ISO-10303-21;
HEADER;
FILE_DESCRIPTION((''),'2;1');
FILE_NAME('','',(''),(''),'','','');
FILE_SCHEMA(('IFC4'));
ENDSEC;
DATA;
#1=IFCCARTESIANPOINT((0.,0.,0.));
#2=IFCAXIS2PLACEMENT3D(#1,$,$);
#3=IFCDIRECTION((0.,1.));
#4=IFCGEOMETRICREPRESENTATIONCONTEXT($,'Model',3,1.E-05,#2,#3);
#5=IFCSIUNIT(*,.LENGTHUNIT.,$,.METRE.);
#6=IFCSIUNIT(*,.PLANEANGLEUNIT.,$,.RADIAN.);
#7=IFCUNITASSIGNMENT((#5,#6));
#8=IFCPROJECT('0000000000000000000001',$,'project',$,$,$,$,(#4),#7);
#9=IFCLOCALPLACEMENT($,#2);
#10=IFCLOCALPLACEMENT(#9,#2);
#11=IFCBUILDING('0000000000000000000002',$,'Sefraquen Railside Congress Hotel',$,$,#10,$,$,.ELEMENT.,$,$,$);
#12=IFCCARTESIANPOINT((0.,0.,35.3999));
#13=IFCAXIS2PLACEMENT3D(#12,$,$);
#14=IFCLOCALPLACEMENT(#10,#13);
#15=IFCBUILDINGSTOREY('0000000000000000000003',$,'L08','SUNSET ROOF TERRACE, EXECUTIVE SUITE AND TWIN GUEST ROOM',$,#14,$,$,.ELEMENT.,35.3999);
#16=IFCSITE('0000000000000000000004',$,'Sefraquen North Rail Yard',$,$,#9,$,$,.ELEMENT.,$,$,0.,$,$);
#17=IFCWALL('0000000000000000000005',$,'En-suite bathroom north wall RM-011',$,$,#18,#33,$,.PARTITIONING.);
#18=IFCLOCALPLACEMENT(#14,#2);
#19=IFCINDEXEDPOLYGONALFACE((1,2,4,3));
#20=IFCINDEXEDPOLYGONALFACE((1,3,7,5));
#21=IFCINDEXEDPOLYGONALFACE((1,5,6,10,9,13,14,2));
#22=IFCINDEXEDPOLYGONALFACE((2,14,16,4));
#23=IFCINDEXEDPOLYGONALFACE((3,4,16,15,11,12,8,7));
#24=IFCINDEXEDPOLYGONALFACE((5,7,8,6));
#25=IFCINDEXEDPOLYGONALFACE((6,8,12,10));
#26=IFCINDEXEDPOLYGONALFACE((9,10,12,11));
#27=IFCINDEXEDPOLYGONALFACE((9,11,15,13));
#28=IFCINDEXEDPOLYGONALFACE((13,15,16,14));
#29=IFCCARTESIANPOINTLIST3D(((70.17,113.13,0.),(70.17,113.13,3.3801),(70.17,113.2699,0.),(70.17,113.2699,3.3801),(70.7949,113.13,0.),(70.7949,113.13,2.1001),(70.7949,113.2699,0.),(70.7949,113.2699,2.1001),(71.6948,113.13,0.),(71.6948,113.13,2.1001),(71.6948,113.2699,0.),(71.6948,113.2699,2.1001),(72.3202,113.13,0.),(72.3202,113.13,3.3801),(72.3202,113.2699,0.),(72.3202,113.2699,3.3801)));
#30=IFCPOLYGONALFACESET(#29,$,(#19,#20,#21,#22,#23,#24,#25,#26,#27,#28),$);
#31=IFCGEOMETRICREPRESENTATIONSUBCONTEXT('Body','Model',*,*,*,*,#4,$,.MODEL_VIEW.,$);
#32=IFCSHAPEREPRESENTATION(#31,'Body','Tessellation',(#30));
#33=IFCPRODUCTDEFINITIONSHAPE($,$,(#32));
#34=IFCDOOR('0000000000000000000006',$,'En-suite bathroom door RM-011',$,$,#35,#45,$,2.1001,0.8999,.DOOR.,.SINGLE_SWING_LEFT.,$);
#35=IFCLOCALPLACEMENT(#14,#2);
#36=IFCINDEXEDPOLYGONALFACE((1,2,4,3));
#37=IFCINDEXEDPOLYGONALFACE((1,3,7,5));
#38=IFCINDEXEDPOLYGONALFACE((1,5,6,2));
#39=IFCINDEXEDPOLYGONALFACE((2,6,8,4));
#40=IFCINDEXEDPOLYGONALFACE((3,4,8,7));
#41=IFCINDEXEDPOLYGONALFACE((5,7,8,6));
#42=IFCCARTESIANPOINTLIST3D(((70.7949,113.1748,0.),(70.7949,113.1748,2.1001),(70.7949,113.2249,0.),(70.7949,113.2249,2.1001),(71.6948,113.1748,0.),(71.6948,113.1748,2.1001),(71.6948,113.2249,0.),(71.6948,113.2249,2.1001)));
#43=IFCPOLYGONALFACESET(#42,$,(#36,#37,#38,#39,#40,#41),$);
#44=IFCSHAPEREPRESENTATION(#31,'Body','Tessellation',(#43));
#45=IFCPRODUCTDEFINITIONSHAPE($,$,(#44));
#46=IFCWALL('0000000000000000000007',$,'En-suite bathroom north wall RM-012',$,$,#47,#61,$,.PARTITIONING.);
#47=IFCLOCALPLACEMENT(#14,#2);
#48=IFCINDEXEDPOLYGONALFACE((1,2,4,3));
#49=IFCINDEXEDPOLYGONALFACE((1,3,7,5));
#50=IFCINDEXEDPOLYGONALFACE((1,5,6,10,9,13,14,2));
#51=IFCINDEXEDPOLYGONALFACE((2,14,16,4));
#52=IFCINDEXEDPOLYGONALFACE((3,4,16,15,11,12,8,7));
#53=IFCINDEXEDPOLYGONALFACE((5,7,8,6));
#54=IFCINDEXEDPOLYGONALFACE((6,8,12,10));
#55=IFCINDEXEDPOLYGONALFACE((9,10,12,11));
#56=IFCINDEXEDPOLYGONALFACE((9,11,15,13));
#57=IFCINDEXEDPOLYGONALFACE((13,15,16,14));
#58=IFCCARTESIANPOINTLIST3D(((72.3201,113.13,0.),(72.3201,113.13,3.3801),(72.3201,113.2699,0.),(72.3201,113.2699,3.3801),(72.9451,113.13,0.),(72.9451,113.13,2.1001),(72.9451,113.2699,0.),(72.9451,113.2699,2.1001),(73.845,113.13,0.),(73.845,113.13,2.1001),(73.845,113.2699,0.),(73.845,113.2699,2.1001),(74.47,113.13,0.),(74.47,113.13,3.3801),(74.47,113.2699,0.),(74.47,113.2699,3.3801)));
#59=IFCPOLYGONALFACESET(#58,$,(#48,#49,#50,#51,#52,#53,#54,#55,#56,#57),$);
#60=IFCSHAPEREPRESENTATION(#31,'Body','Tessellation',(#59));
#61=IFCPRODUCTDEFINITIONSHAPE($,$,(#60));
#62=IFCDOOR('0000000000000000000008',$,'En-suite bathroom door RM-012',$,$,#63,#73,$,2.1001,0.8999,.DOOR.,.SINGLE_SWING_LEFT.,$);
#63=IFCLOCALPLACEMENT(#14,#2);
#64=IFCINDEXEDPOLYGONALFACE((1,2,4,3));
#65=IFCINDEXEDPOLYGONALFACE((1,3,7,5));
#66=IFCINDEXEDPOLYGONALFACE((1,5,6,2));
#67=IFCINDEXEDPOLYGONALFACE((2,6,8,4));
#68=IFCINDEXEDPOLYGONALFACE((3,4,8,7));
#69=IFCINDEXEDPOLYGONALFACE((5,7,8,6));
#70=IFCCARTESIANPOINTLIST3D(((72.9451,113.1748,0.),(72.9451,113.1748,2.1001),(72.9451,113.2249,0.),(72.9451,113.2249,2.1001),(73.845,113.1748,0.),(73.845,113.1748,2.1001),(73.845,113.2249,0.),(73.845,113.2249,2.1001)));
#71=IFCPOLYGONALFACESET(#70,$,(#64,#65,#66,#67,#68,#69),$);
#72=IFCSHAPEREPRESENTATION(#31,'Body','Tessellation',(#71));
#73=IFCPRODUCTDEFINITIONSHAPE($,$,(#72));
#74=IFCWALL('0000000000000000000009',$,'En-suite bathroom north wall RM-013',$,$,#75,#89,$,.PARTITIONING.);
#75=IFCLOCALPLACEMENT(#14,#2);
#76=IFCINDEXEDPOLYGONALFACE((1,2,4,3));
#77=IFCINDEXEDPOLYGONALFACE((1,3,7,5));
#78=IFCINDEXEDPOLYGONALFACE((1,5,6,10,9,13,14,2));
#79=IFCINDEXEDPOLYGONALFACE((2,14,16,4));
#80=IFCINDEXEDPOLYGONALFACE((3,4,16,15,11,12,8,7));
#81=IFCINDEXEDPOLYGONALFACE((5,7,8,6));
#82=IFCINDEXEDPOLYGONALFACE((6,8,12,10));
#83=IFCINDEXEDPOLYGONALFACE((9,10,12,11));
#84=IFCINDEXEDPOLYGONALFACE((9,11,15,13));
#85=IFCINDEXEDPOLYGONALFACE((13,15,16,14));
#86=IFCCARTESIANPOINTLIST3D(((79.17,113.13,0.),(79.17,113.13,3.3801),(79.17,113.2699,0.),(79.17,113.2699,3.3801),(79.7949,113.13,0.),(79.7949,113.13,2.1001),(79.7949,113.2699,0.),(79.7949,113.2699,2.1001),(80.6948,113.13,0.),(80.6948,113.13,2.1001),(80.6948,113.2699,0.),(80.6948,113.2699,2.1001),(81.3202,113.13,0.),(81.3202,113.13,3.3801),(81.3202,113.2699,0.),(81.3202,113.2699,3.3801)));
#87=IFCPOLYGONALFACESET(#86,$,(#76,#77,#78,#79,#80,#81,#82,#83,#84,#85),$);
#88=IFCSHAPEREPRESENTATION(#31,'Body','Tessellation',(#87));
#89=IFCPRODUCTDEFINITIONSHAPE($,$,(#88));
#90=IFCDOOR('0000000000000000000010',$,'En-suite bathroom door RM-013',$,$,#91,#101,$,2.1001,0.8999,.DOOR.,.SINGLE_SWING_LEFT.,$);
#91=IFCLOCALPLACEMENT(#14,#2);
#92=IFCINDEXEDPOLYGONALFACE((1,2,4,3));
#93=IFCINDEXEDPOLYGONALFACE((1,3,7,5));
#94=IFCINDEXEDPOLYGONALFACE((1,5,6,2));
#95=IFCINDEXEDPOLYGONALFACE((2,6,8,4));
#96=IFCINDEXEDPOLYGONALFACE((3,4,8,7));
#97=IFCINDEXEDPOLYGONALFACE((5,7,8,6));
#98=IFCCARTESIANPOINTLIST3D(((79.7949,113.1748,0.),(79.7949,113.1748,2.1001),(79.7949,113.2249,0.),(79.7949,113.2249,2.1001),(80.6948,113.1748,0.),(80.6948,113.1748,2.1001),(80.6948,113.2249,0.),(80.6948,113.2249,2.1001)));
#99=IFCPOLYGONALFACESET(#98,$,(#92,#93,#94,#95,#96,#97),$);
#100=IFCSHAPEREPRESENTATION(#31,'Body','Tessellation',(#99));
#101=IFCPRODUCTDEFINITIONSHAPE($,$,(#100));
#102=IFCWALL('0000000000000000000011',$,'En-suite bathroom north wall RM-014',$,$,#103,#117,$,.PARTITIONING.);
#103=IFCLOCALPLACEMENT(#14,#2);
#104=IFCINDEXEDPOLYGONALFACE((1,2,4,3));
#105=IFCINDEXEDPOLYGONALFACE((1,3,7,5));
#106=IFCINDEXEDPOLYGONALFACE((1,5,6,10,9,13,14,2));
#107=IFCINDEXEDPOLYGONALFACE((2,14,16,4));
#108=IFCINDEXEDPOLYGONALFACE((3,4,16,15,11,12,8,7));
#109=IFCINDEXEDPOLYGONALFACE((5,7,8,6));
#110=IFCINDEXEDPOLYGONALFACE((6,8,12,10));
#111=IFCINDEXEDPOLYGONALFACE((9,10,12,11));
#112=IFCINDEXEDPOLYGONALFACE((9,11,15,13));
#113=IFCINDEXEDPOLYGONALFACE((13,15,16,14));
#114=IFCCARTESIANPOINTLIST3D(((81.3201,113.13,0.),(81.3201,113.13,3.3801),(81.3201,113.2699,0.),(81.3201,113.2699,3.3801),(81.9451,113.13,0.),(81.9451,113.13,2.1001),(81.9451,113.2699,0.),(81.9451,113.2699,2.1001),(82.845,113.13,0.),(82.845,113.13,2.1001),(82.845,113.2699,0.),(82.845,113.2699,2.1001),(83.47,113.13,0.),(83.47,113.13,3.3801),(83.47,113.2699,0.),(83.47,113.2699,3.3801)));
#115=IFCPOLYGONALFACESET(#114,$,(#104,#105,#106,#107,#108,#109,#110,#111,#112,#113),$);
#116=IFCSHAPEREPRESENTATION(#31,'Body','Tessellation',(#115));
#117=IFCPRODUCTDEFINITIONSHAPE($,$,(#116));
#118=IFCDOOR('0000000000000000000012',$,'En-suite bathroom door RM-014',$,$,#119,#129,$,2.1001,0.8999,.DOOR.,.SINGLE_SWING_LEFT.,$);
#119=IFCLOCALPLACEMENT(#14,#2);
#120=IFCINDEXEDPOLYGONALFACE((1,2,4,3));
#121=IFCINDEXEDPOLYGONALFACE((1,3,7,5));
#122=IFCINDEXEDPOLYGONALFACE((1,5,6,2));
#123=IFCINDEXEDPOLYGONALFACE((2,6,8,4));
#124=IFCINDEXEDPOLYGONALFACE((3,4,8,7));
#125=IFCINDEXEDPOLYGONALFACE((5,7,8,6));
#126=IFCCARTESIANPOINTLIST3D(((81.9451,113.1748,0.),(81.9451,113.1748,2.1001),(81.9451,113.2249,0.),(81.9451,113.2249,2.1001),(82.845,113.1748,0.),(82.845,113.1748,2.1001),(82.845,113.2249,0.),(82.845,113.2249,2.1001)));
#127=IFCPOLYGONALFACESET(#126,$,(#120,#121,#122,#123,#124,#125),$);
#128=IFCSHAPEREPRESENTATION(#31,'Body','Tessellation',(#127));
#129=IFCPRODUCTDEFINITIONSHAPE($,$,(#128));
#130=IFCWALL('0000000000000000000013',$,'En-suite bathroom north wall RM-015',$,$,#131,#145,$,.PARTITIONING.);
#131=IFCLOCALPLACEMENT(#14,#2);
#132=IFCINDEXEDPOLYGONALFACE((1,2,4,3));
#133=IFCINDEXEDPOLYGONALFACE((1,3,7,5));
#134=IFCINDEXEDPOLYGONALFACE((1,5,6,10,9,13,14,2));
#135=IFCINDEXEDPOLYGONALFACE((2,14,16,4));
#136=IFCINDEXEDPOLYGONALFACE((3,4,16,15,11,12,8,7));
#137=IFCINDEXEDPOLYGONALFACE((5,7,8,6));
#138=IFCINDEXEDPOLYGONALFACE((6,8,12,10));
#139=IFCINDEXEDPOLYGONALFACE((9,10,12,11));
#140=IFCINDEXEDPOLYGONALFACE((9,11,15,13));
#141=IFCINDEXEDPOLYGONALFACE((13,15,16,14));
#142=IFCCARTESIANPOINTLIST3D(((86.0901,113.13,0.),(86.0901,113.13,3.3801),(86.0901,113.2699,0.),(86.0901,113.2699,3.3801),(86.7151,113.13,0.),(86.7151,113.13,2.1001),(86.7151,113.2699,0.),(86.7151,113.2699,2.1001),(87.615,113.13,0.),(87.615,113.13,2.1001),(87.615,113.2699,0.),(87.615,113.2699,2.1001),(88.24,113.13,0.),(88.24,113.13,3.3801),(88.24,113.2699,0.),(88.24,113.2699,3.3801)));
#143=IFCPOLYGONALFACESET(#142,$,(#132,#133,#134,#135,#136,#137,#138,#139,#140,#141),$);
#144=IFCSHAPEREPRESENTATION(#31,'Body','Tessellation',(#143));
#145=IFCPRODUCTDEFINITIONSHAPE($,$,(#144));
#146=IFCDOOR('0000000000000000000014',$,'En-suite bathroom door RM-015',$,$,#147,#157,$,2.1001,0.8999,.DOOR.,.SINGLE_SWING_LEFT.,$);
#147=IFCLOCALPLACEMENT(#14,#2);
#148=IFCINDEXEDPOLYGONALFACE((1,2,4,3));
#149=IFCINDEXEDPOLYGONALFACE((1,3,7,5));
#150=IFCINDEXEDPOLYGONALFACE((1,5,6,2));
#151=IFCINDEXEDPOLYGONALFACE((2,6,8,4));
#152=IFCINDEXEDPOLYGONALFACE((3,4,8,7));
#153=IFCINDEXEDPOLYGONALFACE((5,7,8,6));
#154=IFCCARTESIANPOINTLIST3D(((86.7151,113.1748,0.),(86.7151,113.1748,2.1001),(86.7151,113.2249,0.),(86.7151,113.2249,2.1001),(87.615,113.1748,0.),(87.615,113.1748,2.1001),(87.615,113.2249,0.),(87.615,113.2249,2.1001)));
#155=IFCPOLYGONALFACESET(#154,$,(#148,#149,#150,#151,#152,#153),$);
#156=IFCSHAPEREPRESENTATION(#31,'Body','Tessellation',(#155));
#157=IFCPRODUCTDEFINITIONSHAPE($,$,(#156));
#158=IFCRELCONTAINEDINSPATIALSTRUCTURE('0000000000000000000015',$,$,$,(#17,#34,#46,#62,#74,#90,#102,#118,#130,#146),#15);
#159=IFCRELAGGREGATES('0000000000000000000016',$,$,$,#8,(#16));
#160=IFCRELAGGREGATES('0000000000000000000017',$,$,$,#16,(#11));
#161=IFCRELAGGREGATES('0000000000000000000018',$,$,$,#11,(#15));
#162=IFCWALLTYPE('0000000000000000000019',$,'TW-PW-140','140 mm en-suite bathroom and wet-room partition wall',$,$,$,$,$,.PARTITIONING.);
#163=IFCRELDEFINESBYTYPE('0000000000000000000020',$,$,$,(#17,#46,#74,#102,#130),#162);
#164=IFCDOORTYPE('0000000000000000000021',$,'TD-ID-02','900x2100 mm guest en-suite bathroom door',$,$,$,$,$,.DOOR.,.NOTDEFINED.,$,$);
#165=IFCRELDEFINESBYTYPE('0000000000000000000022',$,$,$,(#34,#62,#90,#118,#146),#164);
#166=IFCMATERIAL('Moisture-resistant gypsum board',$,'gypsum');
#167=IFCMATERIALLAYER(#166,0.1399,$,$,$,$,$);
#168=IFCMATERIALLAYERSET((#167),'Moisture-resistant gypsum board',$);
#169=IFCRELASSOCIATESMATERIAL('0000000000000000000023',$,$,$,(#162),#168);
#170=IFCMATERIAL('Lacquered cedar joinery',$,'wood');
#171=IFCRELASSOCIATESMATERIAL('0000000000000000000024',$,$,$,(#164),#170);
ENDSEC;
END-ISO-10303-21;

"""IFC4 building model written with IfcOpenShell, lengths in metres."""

from ifc_helpers import new_model, si_unit, direction, frame, frame_2d, origin, place, context, subcontext, project, spatial, rectangle, extrude, material, layer, layer_set, type_object, element, fill, save


model = new_model("IFC4")

# Units and contexts
model_context = context("Model", 3, precision=1e-05, world=origin(), true_north=direction((0.0, 1.0)))
body_context = subcontext(model_context, "Body", "Model", "MODEL_VIEW")
ifc_project = project(units=[si_unit("LENGTHUNIT", "METRE"), si_unit("PLANEANGLEUNIT", "RADIAN")], contexts=[model_context])

# Site, building, storey
site_placement = place(None, origin())
site = spatial("IfcSite", under=ifc_project, at=site_placement, Name="Sefraquen North Rail Yard", CompositionType="ELEMENT", RefElevation=0.0)
building_placement = place(site_placement, origin())
building = spatial("IfcBuilding", under=site, at=building_placement, Name="Sefraquen Railside Congress Hotel", CompositionType="ELEMENT")
storey_placement = place(building_placement, frame((0.0, 0.0, 35.3999)))
storey = spatial("IfcBuildingStorey", under=building, at=storey_placement, Name="L08", Description="SUNSET ROOF TERRACE, EXECUTIVE SUITE AND TWIN GUEST ROOM", CompositionType="ELEMENT", Elevation=35.3999)

# Walls, openings, doors
ifc_material_1 = material(Name="Moisture-resistant gypsum board", Category="gypsum")
ifc_layer_1 = layer(ifc_material_1, 0.1399)
ifc_layer_set_1 = layer_set([ifc_layer_1], Name="Moisture-resistant gypsum board")
wall_type = type_object("IfcWallType", Name="TW-PW-140", Description="140 mm en-suite bathroom and wet-room partition wall", PredefinedType="PARTITIONING", material=ifc_layer_set_1)
wall_1_placement = place(storey_placement, frame((70.1699, 113.2, 0.0), z_axis=(0.0, 0.0, 1.0), x_axis=(1.0, 0.0, 0.0)))
wall_1 = element("IfcWall", 1, at=wall_1_placement, inside=storey, type_object=wall_type, Name="En-suite bathroom north wall RM-011", PredefinedType="PARTITIONING", context=body_context, shape_type="SweptSolid", body=[
    extrude(rectangle(XDim=2.1501, YDim=0.1399, at=frame_2d((1.0752, 0.0))), origin(), (0.0, 0.0, 1.0), 3.3801),
])
opening_1_placement = place(wall_1_placement, frame((0.625, 0.0, 0.0)))
opening_1 = element("IfcOpeningElement", 2, at=opening_1_placement, cuts=wall_1, PredefinedType="OPENING", context=body_context, shape_type="SweptSolid", body=[
    extrude(rectangle(XDim=0.8999, YDim=2.1001, at=frame_2d((0.45, 1.05))), frame((0.0, 0.0798, 0.0), z_axis=(0.0, -1.0, 0.0), x_axis=(1.0, 0.0, 0.0)), (0.0, 0.0, 1.0), 0.1599),
])
ifc_material_2 = material(Name="Lacquered cedar joinery", Category="wood")
door_type = type_object("IfcDoorType", Name="TD-ID-02", Description="900x2100 mm guest en-suite bathroom door", OperationType="NOTDEFINED", PredefinedType="DOOR", material=ifc_material_2)
door_1_placement = place(opening_1_placement, origin())
door_1 = element("IfcDoor", 3, at=door_1_placement, inside=storey, type_object=door_type, Name="En-suite bathroom door RM-011", OperationType="SINGLE_SWING_LEFT", OverallHeight=2.1001, OverallWidth=0.8999, PredefinedType="DOOR", context=body_context, shape_type="SweptSolid", body=[
    extrude(rectangle(XDim=0.8999, YDim=2.1001, at=frame_2d((0.45, 1.05))), frame((0.0, 0.0249, 0.0), z_axis=(0.0, -1.0, 0.0), x_axis=(1.0, 0.0, 0.0)), (0.0, 0.0, 1.0), 0.05),
])
fill(opening_1, door_1)
wall_2_placement = place(storey_placement, frame((72.3201, 113.2, 0.0), z_axis=(0.0, 0.0, 1.0), x_axis=(1.0, 0.0, 0.0)))
wall_2 = element("IfcWall", 4, at=wall_2_placement, inside=storey, type_object=wall_type, Name="En-suite bathroom north wall RM-012", PredefinedType="PARTITIONING", context=body_context, shape_type="SweptSolid", body=[
    extrude(rectangle(XDim=2.1499, YDim=0.1399, at=frame_2d((1.075, 0.0))), origin(), (0.0, 0.0, 1.0), 3.3801),
])
opening_2_placement = place(wall_2_placement, frame((0.625, 0.0, 0.0)))
opening_2 = element("IfcOpeningElement", 5, at=opening_2_placement, cuts=wall_2, PredefinedType="OPENING", context=body_context, shape_type="SweptSolid", body=[
    extrude(rectangle(XDim=0.8999, YDim=2.1001, at=frame_2d((0.45, 1.05))), frame((0.0, 0.0798, 0.0), z_axis=(0.0, -1.0, 0.0), x_axis=(1.0, 0.0, 0.0)), (0.0, 0.0, 1.0), 0.1599),
])
door_2_placement = place(opening_2_placement, origin())
door_2 = element("IfcDoor", 6, at=door_2_placement, inside=storey, type_object=door_type, Name="En-suite bathroom door RM-012", OperationType="SINGLE_SWING_LEFT", OverallHeight=2.1001, OverallWidth=0.8999, PredefinedType="DOOR", context=body_context, shape_type="SweptSolid", body=[
    extrude(rectangle(XDim=0.8999, YDim=2.1001, at=frame_2d((0.45, 1.05))), frame((0.0, 0.0249, 0.0), z_axis=(0.0, -1.0, 0.0), x_axis=(1.0, 0.0, 0.0)), (0.0, 0.0, 1.0), 0.05),
])
fill(opening_2, door_2)
wall_3_placement = place(storey_placement, frame((79.1699, 113.2, 0.0), z_axis=(0.0, 0.0, 1.0), x_axis=(1.0, 0.0, 0.0)))
wall_3 = element("IfcWall", 7, at=wall_3_placement, inside=storey, type_object=wall_type, Name="En-suite bathroom north wall RM-013", PredefinedType="PARTITIONING", context=body_context, shape_type="SweptSolid", body=[
    extrude(rectangle(XDim=2.1501, YDim=0.1399, at=frame_2d((1.0752, 0.0))), origin(), (0.0, 0.0, 1.0), 3.3801),
])
opening_3_placement = place(wall_3_placement, frame((0.625, 0.0, 0.0)))
opening_3 = element("IfcOpeningElement", 8, at=opening_3_placement, cuts=wall_3, PredefinedType="OPENING", context=body_context, shape_type="SweptSolid", body=[
    extrude(rectangle(XDim=0.8999, YDim=2.1001, at=frame_2d((0.45, 1.05))), frame((0.0, 0.0798, 0.0), z_axis=(0.0, -1.0, 0.0), x_axis=(1.0, 0.0, 0.0)), (0.0, 0.0, 1.0), 0.1599),
])
door_3_placement = place(opening_3_placement, origin())
door_3 = element("IfcDoor", 9, at=door_3_placement, inside=storey, type_object=door_type, Name="En-suite bathroom door RM-013", OperationType="SINGLE_SWING_LEFT", OverallHeight=2.1001, OverallWidth=0.8999, PredefinedType="DOOR", context=body_context, shape_type="SweptSolid", body=[
    extrude(rectangle(XDim=0.8999, YDim=2.1001, at=frame_2d((0.45, 1.05))), frame((0.0, 0.0249, 0.0), z_axis=(0.0, -1.0, 0.0), x_axis=(1.0, 0.0, 0.0)), (0.0, 0.0, 1.0), 0.05),
])
fill(opening_3, door_3)
wall_4_placement = place(storey_placement, frame((81.3201, 113.2, 0.0), z_axis=(0.0, 0.0, 1.0), x_axis=(1.0, 0.0, 0.0)))
wall_4 = element("IfcWall", 10, at=wall_4_placement, inside=storey, type_object=wall_type, Name="En-suite bathroom north wall RM-014", PredefinedType="PARTITIONING", context=body_context, shape_type="SweptSolid", body=[
    extrude(rectangle(XDim=2.1499, YDim=0.1399, at=frame_2d((1.075, 0.0))), origin(), (0.0, 0.0, 1.0), 3.3801),
])
opening_4_placement = place(wall_4_placement, frame((0.625, 0.0, 0.0)))
opening_4 = element("IfcOpeningElement", 11, at=opening_4_placement, cuts=wall_4, PredefinedType="OPENING", context=body_context, shape_type="SweptSolid", body=[
    extrude(rectangle(XDim=0.8999, YDim=2.1001, at=frame_2d((0.45, 1.05))), frame((0.0, 0.0798, 0.0), z_axis=(0.0, -1.0, 0.0), x_axis=(1.0, 0.0, 0.0)), (0.0, 0.0, 1.0), 0.1599),
])
door_4_placement = place(opening_4_placement, origin())
door_4 = element("IfcDoor", 12, at=door_4_placement, inside=storey, type_object=door_type, Name="En-suite bathroom door RM-014", OperationType="SINGLE_SWING_LEFT", OverallHeight=2.1001, OverallWidth=0.8999, PredefinedType="DOOR", context=body_context, shape_type="SweptSolid", body=[
    extrude(rectangle(XDim=0.8999, YDim=2.1001, at=frame_2d((0.45, 1.05))), frame((0.0, 0.0249, 0.0), z_axis=(0.0, -1.0, 0.0), x_axis=(1.0, 0.0, 0.0)), (0.0, 0.0, 1.0), 0.05),
])
fill(opening_4, door_4)
wall_5_placement = place(storey_placement, frame((86.0901, 113.2, 0.0), z_axis=(0.0, 0.0, 1.0), x_axis=(1.0, 0.0, 0.0)))
wall_5 = element("IfcWall", 13, at=wall_5_placement, inside=storey, type_object=wall_type, Name="En-suite bathroom north wall RM-015", PredefinedType="PARTITIONING", context=body_context, shape_type="SweptSolid", body=[
    extrude(rectangle(XDim=2.1499, YDim=0.1399, at=frame_2d((1.075, 0.0))), origin(), (0.0, 0.0, 1.0), 3.3801),
])
opening_5_placement = place(wall_5_placement, frame((0.625, 0.0, 0.0)))
opening_5 = element("IfcOpeningElement", 14, at=opening_5_placement, cuts=wall_5, PredefinedType="OPENING", context=body_context, shape_type="SweptSolid", body=[
    extrude(rectangle(XDim=0.8999, YDim=2.1001, at=frame_2d((0.45, 1.05))), frame((0.0, 0.0798, 0.0), z_axis=(0.0, -1.0, 0.0), x_axis=(1.0, 0.0, 0.0)), (0.0, 0.0, 1.0), 0.1599),
])
door_5_placement = place(opening_5_placement, origin())
door_5 = element("IfcDoor", 15, at=door_5_placement, inside=storey, type_object=door_type, Name="En-suite bathroom door RM-015", OperationType="SINGLE_SWING_LEFT", OverallHeight=2.1001, OverallWidth=0.8999, PredefinedType="DOOR", context=body_context, shape_type="SweptSolid", body=[
    extrude(rectangle(XDim=0.8999, YDim=2.1001, at=frame_2d((0.45, 1.05))), frame((0.0, 0.0249, 0.0), z_axis=(0.0, -1.0, 0.0), x_axis=(1.0, 0.0, 0.0)), (0.0, 0.0, 1.0), 0.05),
])
fill(opening_5, door_5)

save(model, "model.ifc")
